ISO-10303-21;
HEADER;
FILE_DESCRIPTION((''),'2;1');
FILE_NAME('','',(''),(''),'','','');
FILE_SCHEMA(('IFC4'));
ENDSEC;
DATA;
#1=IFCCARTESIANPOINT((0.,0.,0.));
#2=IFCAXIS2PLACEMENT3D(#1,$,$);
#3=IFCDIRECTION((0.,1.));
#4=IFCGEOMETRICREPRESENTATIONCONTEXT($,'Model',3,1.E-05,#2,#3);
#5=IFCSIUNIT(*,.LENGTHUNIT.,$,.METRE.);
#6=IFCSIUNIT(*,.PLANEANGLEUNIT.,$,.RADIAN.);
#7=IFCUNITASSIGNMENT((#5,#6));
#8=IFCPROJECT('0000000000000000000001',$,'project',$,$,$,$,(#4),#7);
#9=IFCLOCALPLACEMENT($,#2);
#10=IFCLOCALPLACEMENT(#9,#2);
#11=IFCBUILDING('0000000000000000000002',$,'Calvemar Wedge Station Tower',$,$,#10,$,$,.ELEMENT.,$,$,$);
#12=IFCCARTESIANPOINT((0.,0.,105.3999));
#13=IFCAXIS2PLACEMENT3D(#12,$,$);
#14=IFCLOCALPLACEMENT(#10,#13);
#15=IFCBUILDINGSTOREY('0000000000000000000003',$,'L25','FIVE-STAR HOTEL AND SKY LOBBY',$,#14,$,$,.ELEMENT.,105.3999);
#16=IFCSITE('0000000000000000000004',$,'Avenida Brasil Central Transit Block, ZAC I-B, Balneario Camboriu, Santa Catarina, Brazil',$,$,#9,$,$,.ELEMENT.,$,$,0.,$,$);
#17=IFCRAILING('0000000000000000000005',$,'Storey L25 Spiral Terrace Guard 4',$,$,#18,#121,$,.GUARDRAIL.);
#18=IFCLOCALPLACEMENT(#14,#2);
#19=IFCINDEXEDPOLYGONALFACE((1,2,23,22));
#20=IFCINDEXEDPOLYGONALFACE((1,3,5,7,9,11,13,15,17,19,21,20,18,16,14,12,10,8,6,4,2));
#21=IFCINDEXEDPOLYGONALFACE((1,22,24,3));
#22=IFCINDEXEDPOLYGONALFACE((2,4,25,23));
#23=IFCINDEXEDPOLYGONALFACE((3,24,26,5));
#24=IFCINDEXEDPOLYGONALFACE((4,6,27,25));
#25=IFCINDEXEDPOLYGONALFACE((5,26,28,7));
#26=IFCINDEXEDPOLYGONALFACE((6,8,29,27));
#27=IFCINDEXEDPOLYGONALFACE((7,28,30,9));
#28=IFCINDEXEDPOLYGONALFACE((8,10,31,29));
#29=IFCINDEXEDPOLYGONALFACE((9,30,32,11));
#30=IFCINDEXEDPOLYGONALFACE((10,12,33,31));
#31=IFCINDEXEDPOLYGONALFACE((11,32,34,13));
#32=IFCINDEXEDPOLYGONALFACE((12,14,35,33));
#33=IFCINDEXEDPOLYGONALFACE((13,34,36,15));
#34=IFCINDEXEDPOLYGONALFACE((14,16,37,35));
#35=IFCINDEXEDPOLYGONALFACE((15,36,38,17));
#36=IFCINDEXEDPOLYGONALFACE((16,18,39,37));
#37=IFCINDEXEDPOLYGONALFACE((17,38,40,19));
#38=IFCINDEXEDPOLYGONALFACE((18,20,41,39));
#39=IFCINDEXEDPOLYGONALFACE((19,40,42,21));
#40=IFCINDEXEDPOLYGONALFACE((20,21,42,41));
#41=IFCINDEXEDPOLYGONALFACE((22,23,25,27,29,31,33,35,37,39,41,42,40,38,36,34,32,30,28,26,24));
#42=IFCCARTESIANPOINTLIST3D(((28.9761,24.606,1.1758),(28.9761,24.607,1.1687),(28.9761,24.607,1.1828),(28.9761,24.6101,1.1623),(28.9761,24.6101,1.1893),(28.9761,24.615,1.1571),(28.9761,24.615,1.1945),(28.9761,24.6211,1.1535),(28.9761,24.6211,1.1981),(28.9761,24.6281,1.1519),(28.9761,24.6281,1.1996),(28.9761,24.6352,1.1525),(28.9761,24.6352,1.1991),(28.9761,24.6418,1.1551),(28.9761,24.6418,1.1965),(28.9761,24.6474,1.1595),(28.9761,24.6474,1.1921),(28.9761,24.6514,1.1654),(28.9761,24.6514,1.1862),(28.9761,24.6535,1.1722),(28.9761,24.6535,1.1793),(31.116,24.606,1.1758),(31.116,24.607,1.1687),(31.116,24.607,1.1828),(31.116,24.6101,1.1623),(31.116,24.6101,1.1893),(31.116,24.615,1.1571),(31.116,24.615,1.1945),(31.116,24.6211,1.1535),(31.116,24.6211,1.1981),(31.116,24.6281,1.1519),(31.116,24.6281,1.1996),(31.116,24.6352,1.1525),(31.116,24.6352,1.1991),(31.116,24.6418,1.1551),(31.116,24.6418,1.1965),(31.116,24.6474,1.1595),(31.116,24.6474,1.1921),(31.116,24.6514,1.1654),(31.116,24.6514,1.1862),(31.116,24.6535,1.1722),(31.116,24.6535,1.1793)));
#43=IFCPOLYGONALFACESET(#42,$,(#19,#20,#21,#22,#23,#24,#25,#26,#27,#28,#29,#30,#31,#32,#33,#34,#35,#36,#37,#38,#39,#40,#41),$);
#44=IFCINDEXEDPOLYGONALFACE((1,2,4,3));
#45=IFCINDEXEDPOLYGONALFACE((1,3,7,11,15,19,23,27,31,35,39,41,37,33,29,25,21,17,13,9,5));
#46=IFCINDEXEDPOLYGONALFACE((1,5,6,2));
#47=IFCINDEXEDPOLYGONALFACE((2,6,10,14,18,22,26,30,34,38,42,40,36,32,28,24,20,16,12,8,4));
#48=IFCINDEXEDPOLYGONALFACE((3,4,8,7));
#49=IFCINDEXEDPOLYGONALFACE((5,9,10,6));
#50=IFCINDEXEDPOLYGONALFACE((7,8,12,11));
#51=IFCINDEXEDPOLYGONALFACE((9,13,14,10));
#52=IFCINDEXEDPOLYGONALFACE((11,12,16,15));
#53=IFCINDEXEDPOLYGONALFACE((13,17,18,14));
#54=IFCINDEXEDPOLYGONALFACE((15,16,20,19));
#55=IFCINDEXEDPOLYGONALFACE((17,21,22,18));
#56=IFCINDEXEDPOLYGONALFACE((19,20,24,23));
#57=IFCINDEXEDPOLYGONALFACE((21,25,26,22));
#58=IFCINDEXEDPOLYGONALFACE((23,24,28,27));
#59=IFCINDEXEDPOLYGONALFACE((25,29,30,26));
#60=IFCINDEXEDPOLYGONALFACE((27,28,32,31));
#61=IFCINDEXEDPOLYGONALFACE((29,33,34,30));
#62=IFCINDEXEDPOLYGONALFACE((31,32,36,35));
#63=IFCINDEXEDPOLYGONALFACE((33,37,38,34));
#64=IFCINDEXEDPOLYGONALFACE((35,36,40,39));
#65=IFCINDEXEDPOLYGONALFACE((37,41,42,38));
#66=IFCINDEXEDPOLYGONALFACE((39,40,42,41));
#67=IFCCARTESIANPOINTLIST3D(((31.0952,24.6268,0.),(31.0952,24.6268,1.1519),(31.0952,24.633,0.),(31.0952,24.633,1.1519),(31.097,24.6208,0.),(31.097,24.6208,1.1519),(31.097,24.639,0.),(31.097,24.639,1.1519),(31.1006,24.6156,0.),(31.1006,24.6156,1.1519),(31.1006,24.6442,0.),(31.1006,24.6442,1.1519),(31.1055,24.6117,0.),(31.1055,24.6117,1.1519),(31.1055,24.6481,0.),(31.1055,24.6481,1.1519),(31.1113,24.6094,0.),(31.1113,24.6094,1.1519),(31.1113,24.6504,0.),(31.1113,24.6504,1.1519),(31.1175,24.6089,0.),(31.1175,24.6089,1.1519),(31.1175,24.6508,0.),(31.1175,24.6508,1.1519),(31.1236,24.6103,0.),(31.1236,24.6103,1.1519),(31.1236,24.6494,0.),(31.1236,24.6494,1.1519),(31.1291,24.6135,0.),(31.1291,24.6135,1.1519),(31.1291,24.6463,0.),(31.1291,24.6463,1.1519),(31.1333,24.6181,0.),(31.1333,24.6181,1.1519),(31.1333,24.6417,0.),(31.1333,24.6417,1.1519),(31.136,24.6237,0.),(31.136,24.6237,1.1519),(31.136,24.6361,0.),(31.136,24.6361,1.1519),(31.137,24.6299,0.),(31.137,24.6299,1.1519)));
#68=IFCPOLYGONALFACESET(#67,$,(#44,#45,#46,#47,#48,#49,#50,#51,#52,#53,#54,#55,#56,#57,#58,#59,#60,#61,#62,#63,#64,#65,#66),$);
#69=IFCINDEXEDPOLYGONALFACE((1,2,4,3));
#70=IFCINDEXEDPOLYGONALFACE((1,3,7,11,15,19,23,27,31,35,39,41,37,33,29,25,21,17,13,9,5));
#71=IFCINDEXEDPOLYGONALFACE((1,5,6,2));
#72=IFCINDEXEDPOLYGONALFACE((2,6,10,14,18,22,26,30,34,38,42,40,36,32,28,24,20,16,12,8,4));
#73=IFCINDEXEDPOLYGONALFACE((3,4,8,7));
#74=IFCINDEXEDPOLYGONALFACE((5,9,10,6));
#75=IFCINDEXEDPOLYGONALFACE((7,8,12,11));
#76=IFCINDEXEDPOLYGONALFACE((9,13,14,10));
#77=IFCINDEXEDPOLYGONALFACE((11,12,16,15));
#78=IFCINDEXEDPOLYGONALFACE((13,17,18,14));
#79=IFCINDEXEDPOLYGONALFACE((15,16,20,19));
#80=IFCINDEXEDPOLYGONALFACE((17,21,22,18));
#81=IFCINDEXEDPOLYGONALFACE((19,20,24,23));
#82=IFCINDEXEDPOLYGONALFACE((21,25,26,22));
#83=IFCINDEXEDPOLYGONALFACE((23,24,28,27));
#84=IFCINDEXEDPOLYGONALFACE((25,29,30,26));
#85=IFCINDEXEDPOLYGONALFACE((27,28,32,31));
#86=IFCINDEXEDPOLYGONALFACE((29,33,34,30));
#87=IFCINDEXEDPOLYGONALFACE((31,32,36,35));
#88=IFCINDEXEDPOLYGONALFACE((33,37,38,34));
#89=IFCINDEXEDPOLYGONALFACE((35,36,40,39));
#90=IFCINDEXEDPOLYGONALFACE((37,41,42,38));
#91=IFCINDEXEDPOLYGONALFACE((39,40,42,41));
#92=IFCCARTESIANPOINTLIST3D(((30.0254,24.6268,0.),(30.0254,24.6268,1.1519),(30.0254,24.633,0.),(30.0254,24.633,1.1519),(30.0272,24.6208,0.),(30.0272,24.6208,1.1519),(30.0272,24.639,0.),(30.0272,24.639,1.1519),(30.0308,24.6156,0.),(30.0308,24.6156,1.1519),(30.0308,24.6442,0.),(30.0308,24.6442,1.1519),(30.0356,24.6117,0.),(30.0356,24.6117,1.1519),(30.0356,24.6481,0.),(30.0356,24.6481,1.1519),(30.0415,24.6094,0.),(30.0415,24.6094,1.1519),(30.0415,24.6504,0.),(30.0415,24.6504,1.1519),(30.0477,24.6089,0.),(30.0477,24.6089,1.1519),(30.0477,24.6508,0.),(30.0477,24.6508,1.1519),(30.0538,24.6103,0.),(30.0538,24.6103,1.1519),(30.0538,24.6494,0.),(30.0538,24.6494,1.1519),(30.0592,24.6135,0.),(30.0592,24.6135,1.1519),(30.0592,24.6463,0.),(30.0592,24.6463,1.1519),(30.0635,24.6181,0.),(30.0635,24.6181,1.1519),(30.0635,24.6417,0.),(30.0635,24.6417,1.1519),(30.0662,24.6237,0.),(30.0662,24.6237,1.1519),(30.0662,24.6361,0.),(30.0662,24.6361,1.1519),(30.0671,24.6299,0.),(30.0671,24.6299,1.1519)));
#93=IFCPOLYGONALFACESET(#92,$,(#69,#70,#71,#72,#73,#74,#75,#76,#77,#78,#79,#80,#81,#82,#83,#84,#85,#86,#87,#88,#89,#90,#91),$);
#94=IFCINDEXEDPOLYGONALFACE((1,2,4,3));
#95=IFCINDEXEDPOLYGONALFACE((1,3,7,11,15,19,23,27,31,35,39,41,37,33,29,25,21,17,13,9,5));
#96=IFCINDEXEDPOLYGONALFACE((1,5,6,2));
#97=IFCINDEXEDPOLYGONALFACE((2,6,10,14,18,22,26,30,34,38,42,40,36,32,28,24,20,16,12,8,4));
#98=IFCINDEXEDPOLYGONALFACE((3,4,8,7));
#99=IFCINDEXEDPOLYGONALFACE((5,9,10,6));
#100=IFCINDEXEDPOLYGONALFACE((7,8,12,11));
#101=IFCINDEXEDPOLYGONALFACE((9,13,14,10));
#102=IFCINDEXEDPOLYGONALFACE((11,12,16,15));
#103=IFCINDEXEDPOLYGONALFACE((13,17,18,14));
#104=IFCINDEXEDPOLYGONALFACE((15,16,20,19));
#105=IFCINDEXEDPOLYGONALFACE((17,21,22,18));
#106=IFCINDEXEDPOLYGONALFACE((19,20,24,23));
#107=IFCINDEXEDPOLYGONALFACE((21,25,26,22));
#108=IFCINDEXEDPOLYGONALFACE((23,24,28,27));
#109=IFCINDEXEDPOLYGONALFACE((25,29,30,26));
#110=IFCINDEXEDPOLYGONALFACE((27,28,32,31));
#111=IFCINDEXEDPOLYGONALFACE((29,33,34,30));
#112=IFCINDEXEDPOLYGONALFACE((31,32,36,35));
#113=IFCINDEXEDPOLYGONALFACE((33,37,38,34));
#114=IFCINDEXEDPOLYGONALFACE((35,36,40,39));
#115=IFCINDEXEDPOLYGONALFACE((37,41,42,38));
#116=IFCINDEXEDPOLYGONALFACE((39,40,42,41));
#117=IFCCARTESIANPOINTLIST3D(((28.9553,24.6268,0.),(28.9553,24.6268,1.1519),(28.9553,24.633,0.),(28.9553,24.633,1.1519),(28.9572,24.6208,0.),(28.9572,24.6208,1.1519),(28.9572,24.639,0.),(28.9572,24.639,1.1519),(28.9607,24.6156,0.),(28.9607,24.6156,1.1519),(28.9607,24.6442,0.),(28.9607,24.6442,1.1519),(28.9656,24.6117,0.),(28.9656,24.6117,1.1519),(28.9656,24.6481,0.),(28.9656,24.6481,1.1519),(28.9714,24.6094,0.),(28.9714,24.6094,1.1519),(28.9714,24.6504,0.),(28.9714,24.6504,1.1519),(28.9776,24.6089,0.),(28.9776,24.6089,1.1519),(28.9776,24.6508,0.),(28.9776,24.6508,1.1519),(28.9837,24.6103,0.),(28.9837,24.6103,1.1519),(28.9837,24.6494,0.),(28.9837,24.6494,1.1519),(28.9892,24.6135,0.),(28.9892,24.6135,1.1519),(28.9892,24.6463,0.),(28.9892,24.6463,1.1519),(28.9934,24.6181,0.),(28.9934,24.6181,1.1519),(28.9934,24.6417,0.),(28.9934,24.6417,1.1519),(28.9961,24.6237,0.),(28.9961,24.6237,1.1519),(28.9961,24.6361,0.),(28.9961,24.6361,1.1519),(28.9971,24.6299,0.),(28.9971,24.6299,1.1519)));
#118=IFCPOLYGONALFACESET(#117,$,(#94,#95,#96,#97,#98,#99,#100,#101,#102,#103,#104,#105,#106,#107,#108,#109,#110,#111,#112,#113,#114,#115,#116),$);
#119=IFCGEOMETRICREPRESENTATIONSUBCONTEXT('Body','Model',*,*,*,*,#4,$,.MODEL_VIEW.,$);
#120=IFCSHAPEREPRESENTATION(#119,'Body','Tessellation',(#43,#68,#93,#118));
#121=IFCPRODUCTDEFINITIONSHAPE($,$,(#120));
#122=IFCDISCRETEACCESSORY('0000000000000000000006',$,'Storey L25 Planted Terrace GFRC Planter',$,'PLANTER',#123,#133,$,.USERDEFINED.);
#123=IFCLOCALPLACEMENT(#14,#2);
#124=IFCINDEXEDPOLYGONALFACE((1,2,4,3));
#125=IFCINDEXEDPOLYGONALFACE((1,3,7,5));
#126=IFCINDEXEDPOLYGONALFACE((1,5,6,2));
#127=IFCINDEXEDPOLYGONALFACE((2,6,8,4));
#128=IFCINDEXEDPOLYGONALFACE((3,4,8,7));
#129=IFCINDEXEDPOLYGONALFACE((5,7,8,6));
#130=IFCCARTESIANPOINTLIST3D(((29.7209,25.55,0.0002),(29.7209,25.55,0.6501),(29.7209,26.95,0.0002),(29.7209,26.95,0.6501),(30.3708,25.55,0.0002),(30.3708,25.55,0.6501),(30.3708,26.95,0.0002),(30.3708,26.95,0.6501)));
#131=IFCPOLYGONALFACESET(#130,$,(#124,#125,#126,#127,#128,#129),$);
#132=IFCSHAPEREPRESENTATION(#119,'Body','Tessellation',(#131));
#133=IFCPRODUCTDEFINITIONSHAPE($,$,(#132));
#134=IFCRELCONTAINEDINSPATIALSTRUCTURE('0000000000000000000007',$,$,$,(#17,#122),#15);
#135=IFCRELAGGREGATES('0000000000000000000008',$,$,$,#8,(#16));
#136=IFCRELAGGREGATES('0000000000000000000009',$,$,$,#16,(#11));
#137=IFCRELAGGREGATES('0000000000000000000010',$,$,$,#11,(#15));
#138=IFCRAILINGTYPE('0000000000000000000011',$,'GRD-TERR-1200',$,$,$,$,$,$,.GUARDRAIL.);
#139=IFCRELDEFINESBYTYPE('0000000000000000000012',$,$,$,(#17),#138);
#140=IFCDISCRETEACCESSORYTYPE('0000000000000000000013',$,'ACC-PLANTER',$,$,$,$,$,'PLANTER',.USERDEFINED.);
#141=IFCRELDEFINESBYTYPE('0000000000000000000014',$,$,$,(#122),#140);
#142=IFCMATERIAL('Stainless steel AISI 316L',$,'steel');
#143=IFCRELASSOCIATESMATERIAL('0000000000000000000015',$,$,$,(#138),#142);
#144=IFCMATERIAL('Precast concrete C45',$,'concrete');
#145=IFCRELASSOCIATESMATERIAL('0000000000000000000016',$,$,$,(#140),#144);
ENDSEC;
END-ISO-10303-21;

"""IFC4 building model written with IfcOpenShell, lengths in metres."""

from ifc_helpers import new_model, si_unit, direction, frame, origin, origin_2d, place, context, subcontext, project, spatial, rectangle, circle, extrude, source, transform, mapped, material, type_object, element, save


model = new_model("IFC4")

# Units and contexts
model_context = context("Model", 3, precision=1e-05, world=origin(), true_north=direction((0.0, 1.0)))
body_context = subcontext(model_context, "Body", "Model", "MODEL_VIEW")
ifc_project = project(units=[si_unit("LENGTHUNIT", "METRE"), si_unit("PLANEANGLEUNIT", "RADIAN")], contexts=[model_context])

# Site, building, storey
site_placement = place(None, origin())
site = spatial("IfcSite", under=ifc_project, at=site_placement, Name="Avenida Brasil Central Transit Block, ZAC I-B, Balneario Camboriu, Santa Catarina, Brazil", CompositionType="ELEMENT", RefElevation=0.0)
building_placement = place(site_placement, origin())
building = spatial("IfcBuilding", under=site, at=building_placement, Name="Calvemar Wedge Station Tower", CompositionType="ELEMENT")
storey_placement = place(building_placement, frame((0.0, 0.0, 105.3999)))
storey = spatial("IfcBuildingStorey", under=building, at=storey_placement, Name="L25", Description="FIVE-STAR HOTEL AND SKY LOBBY", CompositionType="ELEMENT", Elevation=105.3999)

# Shared definitions
ifc_material_1 = material(Name="Precast concrete C45", Category="concrete")

# Railing
ifc_material_2 = material(Name="Stainless steel AISI 316L", Category="steel")
railing_type = type_object("IfcRailingType", Name="GRD-TERR-1200", PredefinedType="GUARDRAIL", material=ifc_material_2)
railing_1_placement = place(storey_placement, frame((31.116, 24.6299, 0.0)))
element("IfcRailing", 1, at=railing_1_placement, inside=storey, type_object=railing_type, Name="Storey L25 Spiral Terrace Guard 4", PredefinedType="GUARDRAIL", context=body_context, shape_type="SweptSolid", body=[
    extrude(circle(Radius=0.0239, at=origin_2d()), frame((0.0, 0.0, 1.1758), z_axis=(-1.0, 0.0, 0.0), x_axis=(0.0, -1.0, 0.0)), (0.0, 0.0, 1.0), 2.1399),
    extrude(circle(Radius=0.021, at=origin_2d()), origin(), (0.0, 0.0, 1.0), 1.1519),
    extrude(circle(Radius=0.021, at=origin_2d()), frame((-1.0698, 0.0, 0.0)), (0.0, 0.0, 1.0), 1.1519),
    extrude(circle(Radius=0.021, at=origin_2d()), frame((-2.1399, 0.0, 0.0)), (0.0, 0.0, 1.0), 1.1519),
])

# Discrete accessory
discrete_accessory_type = type_object("IfcDiscreteAccessoryType", Name="ACC-PLANTER", ElementType="PLANTER", PredefinedType="USERDEFINED", material=ifc_material_1)
shared_shape_1 = source(origin(), body_context, "Body", "SweptSolid", [
    extrude(rectangle(XDim=0.6499, YDim=1.3999, at=origin_2d()), origin(), (0.0, 0.0, 1.0), 0.6499),
])
discrete_accessory_placement = place(storey_placement, frame((30.0459, 26.25, 0.0002), z_axis=(0.0, 0.0, 1.0), x_axis=(1.0, 0.0, 0.0)))
element("IfcDiscreteAccessory", 2, at=discrete_accessory_placement, inside=storey, type_object=discrete_accessory_type, Name="Storey L25 Planted Terrace GFRC Planter", ObjectType="PLANTER", PredefinedType="USERDEFINED", context=body_context, shape_type="MappedRepresentation", body=[
    mapped(shared_shape_1, transform((0.0, 0.0, 0.0), scale=1.0)),
])

save(model, "model.ifc")
